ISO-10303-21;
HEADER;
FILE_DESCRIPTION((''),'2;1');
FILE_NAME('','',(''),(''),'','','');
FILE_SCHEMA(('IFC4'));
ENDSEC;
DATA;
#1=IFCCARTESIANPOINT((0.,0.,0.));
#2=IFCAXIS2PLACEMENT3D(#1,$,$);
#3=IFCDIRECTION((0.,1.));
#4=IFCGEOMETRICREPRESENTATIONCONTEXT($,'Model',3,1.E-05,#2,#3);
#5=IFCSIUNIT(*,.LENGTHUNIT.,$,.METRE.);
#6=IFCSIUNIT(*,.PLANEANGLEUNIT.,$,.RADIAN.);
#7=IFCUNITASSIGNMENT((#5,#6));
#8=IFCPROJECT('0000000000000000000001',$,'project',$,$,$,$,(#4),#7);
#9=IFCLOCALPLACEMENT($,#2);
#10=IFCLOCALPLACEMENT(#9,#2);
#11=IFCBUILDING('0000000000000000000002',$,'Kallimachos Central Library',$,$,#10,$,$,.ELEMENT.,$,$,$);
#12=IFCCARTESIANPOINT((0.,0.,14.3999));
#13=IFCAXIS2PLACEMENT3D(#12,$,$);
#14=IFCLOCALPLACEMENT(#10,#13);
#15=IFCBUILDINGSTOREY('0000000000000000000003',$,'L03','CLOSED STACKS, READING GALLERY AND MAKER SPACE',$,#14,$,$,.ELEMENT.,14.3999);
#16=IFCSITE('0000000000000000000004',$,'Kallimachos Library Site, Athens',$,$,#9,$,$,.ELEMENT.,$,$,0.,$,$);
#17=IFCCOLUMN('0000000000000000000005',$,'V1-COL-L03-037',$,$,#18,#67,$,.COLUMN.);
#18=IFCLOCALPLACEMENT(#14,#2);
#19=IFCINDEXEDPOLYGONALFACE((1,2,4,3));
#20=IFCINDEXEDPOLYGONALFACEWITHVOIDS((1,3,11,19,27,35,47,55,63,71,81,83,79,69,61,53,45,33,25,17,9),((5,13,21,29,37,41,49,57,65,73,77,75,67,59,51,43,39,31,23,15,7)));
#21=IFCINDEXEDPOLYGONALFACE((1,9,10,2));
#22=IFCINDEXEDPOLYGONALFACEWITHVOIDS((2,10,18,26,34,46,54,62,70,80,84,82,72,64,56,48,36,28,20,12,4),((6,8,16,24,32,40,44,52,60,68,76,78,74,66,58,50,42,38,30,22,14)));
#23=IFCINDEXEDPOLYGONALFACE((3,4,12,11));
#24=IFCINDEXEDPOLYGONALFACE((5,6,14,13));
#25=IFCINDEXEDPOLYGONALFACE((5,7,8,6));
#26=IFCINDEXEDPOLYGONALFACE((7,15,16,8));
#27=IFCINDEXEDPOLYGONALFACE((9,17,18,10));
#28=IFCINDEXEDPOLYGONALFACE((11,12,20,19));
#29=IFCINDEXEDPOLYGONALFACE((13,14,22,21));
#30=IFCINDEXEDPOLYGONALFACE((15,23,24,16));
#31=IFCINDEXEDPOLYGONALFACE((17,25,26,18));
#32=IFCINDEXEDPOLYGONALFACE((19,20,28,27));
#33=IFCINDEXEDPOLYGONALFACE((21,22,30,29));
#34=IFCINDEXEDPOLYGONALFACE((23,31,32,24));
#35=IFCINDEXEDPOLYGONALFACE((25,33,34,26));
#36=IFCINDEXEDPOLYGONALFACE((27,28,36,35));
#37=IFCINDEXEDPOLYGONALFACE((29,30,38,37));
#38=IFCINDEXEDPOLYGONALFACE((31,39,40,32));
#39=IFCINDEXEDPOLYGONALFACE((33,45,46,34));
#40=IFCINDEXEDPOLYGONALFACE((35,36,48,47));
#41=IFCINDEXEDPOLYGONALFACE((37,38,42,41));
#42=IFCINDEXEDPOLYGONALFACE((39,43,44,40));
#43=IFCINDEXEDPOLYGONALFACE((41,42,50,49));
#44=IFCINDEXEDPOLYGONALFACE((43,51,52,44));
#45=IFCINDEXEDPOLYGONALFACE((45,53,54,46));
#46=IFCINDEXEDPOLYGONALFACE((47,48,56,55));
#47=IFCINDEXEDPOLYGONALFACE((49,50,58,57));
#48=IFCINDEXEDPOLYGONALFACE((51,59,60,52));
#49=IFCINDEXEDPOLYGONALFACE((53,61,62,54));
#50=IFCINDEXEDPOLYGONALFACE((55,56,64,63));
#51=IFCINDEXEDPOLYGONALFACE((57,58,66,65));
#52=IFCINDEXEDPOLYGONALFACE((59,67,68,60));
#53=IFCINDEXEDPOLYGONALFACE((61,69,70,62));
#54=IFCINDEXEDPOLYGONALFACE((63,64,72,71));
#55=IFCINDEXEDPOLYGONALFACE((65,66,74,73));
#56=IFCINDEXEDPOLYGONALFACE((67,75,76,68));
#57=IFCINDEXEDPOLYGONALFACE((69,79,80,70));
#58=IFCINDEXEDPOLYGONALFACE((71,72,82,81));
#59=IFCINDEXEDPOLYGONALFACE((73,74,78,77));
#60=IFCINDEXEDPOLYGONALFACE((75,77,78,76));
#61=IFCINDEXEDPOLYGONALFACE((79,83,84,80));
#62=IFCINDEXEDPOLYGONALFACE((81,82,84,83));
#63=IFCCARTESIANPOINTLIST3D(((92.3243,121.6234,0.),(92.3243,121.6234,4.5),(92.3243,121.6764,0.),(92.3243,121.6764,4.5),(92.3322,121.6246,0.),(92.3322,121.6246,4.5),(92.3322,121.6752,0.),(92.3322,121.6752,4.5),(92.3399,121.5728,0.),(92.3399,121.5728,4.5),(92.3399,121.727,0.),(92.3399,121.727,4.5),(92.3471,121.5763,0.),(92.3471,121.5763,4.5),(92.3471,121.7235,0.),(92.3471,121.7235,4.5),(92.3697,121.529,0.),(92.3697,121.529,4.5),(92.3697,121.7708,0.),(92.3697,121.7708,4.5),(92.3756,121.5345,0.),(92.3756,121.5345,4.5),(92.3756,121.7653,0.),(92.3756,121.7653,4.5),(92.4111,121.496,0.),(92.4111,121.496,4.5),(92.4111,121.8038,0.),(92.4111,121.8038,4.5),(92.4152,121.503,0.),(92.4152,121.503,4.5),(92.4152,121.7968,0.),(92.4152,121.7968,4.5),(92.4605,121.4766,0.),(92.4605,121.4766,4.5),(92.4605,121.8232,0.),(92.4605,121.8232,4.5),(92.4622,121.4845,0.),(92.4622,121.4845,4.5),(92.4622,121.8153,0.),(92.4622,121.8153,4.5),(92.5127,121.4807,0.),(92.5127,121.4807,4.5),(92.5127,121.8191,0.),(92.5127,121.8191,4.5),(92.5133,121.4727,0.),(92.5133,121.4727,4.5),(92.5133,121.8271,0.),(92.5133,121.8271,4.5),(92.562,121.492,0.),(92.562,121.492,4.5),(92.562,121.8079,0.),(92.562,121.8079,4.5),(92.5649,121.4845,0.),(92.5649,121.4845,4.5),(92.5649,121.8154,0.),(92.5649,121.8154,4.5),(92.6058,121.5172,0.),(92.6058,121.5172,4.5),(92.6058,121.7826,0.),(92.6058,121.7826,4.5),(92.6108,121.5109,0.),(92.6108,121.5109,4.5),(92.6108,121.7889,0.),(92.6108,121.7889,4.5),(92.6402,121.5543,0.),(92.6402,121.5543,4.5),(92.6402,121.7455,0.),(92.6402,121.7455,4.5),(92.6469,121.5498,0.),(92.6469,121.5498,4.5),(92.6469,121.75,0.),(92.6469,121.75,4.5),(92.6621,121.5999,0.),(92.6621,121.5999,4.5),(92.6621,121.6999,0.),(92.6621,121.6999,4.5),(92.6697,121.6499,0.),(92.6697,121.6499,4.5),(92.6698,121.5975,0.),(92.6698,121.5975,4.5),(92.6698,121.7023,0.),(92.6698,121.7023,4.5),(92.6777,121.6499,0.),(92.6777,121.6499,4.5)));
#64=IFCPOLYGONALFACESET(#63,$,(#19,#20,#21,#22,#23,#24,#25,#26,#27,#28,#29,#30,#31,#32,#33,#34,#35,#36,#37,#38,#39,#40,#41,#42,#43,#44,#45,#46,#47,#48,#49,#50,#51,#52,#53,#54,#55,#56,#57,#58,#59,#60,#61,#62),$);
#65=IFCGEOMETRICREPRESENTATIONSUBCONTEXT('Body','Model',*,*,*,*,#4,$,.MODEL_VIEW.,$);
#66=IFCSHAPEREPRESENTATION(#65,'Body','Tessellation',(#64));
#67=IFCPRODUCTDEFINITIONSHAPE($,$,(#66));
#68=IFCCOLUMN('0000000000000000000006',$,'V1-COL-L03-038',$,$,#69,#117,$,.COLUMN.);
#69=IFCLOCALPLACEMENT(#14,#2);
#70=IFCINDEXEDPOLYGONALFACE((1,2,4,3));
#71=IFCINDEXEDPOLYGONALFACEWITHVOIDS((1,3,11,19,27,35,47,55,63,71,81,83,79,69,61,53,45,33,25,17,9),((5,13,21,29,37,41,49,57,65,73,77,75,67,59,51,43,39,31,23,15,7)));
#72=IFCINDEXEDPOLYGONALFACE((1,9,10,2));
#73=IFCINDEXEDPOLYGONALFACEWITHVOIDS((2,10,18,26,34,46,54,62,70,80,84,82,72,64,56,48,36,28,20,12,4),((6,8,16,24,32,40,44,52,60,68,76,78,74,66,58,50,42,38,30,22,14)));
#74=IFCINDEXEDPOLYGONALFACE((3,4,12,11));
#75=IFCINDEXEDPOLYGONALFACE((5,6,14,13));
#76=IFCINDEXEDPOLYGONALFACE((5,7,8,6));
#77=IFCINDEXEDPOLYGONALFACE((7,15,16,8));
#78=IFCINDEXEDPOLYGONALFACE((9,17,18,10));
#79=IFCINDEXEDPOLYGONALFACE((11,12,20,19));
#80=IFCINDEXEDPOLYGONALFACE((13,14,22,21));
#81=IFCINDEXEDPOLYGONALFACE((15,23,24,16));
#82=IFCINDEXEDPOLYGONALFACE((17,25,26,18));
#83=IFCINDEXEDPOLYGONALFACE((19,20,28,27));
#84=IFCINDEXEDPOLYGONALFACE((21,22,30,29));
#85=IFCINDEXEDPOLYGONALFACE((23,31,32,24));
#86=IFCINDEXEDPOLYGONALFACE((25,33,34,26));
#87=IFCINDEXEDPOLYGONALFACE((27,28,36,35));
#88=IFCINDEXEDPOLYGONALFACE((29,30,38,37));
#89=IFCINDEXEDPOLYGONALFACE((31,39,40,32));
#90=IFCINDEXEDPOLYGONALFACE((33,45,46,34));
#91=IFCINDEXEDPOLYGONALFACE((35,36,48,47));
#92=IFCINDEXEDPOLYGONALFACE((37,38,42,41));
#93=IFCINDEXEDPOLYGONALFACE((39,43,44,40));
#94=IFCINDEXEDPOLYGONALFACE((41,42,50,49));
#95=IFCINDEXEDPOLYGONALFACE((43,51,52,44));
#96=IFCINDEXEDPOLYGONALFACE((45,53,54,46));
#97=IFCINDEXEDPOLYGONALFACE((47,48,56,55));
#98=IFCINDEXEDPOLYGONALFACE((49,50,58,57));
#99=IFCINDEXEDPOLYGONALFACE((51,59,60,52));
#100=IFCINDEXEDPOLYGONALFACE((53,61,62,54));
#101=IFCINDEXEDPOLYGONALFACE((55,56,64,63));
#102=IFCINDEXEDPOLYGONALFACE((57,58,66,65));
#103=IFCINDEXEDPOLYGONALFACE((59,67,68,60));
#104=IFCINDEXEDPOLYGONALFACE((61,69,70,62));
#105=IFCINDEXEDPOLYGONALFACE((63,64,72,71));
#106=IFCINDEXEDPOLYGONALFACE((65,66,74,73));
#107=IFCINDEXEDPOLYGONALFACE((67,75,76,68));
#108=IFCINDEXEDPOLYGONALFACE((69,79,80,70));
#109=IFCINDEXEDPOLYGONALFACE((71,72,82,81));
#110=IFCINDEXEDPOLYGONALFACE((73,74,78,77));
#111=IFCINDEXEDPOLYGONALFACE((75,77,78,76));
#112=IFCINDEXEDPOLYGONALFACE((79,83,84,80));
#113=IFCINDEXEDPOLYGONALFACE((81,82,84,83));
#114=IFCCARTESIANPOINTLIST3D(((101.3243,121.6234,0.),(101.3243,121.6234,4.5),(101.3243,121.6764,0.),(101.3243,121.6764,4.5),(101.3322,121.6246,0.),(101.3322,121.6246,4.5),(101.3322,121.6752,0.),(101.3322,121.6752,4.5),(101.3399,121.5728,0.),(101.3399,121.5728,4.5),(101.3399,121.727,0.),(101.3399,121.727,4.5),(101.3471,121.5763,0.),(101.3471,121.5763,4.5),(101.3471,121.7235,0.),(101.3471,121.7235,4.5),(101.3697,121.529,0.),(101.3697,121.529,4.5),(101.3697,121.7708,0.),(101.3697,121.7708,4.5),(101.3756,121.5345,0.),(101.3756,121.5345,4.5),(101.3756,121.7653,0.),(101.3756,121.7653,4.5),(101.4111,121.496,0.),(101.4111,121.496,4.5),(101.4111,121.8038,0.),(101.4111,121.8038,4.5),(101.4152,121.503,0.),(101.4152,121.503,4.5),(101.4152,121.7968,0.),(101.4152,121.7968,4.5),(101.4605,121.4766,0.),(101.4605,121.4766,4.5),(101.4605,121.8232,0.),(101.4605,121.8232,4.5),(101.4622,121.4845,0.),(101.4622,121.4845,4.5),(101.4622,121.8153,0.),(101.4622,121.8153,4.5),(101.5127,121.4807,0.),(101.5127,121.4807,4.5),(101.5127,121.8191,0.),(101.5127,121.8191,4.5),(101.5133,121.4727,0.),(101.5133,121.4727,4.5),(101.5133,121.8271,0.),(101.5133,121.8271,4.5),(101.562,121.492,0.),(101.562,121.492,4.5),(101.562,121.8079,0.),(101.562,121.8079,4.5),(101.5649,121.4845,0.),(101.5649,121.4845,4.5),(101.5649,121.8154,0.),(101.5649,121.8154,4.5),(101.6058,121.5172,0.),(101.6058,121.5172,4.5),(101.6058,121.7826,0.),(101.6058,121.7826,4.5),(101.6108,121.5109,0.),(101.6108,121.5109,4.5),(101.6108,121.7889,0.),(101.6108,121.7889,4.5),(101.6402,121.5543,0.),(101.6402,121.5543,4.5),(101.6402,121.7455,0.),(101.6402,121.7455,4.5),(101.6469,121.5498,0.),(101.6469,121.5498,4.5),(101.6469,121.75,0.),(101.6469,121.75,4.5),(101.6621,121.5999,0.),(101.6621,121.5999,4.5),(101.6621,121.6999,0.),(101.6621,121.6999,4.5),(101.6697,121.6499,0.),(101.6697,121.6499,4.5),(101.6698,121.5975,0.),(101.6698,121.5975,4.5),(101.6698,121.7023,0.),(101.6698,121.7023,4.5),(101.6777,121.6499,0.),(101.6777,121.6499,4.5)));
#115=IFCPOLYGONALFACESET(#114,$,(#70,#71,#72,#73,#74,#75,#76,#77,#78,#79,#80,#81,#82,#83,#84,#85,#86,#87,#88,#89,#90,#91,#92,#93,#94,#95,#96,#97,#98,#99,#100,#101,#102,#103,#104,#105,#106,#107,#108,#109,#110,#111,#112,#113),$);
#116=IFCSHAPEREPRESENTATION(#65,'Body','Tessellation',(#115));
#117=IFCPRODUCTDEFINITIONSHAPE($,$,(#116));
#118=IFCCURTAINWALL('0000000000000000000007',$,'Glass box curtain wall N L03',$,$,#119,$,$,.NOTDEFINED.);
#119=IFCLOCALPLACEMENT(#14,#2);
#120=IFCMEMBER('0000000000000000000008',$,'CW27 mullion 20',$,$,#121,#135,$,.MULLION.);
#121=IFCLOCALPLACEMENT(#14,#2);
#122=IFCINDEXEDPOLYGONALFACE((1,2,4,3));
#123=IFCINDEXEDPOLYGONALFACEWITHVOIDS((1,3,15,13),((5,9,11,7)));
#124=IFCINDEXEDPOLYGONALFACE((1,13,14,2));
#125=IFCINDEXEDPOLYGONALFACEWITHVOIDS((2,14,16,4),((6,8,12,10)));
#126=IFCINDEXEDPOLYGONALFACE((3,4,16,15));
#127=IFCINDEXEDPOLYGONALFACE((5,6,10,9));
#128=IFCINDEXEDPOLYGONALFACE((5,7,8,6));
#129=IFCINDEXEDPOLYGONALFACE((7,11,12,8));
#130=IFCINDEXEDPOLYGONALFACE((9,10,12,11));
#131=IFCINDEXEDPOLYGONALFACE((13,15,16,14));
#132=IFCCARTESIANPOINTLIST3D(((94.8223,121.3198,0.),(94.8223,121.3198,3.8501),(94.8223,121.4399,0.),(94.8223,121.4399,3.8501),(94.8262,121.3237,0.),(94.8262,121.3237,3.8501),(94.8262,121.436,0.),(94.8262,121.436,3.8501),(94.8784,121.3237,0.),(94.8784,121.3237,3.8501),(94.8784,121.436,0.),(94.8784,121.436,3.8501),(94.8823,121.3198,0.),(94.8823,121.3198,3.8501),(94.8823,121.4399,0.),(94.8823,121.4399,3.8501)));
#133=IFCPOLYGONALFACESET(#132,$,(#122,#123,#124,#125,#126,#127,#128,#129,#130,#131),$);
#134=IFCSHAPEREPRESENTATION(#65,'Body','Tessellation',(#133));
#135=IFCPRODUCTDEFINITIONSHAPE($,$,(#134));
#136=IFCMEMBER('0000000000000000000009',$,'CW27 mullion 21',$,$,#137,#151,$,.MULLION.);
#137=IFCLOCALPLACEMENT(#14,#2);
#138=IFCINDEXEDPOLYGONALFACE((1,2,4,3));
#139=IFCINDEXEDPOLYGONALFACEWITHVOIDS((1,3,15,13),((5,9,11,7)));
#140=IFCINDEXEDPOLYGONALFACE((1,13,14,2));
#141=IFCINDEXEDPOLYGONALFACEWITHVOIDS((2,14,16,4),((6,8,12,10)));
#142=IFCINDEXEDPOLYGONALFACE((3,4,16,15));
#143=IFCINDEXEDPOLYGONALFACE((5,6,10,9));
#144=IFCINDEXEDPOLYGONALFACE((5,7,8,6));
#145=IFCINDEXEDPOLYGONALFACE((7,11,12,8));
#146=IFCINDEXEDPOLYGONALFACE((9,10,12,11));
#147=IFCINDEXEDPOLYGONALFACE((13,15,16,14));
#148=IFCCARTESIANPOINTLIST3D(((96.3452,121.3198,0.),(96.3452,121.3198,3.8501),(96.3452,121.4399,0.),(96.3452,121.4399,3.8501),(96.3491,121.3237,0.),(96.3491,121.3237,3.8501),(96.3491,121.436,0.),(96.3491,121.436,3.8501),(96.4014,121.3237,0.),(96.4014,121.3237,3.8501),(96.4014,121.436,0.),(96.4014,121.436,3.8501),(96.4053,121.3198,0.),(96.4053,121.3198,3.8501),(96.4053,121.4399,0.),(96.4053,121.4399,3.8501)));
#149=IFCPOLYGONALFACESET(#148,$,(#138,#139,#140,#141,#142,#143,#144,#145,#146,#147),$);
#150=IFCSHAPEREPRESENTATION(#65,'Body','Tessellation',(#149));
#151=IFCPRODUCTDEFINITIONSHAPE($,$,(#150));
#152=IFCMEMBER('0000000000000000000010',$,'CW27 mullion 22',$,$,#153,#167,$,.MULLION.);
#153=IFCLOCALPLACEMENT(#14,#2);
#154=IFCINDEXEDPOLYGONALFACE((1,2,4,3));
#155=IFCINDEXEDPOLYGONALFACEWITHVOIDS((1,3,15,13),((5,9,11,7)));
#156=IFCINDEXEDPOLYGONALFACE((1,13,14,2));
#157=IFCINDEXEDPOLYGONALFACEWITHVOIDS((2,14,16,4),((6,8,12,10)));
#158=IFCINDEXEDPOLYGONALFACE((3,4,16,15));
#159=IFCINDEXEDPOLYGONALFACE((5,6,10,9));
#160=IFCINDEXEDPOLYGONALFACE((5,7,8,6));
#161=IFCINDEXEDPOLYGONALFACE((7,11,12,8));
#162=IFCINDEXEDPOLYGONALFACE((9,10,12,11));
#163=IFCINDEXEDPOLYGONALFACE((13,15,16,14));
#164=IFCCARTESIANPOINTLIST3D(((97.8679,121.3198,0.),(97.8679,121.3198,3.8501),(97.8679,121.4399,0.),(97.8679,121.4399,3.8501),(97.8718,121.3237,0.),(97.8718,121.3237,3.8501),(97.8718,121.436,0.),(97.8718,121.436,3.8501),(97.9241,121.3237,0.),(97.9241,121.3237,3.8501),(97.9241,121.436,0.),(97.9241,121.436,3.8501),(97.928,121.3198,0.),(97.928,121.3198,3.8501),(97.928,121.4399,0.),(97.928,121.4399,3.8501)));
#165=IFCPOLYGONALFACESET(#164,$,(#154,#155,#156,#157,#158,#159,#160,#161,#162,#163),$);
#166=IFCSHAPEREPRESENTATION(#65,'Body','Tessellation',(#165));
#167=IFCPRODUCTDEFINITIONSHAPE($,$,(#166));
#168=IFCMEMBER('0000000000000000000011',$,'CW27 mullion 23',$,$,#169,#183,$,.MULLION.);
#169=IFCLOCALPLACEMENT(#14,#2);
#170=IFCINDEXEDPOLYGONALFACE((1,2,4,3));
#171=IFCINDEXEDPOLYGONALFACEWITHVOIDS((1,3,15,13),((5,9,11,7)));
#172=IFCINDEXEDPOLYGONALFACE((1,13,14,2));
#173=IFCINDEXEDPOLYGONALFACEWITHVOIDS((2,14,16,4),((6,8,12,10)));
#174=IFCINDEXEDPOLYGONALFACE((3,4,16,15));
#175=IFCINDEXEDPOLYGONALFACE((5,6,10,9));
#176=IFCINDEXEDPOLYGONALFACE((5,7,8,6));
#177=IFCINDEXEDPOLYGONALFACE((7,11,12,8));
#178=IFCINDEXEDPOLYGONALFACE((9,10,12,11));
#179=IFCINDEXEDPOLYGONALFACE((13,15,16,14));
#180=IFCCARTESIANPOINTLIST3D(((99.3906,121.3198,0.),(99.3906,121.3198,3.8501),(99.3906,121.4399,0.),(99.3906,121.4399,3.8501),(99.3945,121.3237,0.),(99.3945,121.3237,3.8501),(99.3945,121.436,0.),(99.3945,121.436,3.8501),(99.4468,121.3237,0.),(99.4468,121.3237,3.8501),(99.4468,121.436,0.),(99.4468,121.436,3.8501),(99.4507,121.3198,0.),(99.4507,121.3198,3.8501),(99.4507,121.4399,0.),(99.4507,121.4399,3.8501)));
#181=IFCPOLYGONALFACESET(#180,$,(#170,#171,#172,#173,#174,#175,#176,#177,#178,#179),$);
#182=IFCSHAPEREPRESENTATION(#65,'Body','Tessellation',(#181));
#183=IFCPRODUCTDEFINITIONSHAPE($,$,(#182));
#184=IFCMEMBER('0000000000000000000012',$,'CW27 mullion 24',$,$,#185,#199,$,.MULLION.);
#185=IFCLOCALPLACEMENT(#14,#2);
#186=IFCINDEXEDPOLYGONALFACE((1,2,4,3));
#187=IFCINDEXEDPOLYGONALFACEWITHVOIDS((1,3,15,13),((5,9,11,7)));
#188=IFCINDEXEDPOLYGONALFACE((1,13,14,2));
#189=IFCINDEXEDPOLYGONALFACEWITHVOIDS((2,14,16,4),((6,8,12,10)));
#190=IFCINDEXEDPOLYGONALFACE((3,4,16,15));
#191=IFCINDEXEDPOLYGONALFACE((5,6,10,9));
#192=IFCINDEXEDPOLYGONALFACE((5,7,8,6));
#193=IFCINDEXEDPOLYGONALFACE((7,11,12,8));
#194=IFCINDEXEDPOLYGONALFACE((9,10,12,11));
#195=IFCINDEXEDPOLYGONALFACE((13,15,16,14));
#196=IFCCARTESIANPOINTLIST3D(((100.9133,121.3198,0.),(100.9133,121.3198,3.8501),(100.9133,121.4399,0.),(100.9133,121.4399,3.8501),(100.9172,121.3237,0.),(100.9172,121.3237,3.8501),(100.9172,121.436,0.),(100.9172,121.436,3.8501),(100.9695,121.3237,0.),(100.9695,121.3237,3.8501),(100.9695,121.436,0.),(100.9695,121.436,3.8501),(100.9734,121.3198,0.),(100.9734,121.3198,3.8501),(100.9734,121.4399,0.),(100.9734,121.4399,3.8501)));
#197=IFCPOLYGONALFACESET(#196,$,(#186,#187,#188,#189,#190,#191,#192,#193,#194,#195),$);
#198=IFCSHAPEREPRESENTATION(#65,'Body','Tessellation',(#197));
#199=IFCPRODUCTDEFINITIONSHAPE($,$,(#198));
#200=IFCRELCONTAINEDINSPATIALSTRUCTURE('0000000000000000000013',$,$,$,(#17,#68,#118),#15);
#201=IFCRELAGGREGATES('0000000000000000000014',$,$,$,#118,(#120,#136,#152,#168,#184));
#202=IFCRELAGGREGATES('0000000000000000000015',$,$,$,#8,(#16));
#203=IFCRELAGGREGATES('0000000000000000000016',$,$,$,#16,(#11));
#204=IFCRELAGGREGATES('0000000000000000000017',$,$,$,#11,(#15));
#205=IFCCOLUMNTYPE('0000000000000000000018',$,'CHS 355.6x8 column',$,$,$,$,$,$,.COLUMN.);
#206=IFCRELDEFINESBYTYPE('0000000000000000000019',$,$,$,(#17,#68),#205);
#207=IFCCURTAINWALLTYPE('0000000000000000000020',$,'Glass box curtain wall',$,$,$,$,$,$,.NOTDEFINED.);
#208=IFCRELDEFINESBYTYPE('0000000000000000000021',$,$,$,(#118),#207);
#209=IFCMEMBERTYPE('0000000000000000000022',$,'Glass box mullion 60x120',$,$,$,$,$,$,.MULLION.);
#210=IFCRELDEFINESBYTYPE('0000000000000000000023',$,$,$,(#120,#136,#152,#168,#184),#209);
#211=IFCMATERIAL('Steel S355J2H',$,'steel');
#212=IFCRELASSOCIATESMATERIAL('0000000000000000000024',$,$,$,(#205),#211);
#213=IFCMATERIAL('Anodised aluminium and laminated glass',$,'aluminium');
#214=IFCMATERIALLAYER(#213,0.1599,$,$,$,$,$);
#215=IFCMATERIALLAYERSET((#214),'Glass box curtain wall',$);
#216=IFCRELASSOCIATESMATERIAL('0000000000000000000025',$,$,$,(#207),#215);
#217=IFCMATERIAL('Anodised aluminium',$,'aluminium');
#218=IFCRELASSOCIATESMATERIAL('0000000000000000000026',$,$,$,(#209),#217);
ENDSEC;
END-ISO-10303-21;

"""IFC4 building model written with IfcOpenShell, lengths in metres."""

from ifc_helpers import new_model, si_unit, direction, frame, origin, origin_2d, place, context, subcontext, project, spatial, hollow_rectangle, hollow_circle, extrude, material, layer, layer_set, material_profile, profile_set, type_object, element, aggregate, save


model = new_model("IFC4")

# Units and contexts
model_context = context("Model", 3, precision=1e-05, world=origin(), true_north=direction((0.0, 1.0)))
body_context = subcontext(model_context, "Body", "Model", "MODEL_VIEW")
ifc_project = project(units=[si_unit("LENGTHUNIT", "METRE"), si_unit("PLANEANGLEUNIT", "RADIAN")], contexts=[model_context])

# Site, building, storey
site_placement = place(None, origin())
site = spatial("IfcSite", under=ifc_project, at=site_placement, Name="Kallimachos Library Site, Athens", CompositionType="ELEMENT", RefElevation=0.0)
building_placement = place(site_placement, origin())
building = spatial("IfcBuilding", under=site, at=building_placement, Name="Kallimachos Central Library", CompositionType="ELEMENT")
storey_placement = place(building_placement, frame((0.0, 0.0, 14.3999)))
storey = spatial("IfcBuildingStorey", under=building, at=storey_placement, Name="L03", Description="CLOSED STACKS, READING GALLERY AND MAKER SPACE", CompositionType="ELEMENT", Elevation=14.3999)

# Columns
ifc_material_1 = material(Name="Steel S355J2H", Category="steel")
ifc_material_profile_1 = material_profile(ifc_material_1, hollow_circle(Radius=0.1777, WallThickness=0.0081, at=origin_2d()), Name="CHS 355.6x8")
ifc_profile_set_1 = profile_set([ifc_material_profile_1], Name="Steel S355J2H")
column_type = type_object("IfcColumnType", Name="CHS 355.6x8 column", PredefinedType="COLUMN", material=ifc_profile_set_1)
for number, where, z_axis, x_axis, name in (
    (1, (92.5, 121.6499, 0.0), (0.0, 0.0, 1.0), (1.0, 0.0, 0.0), "V1-COL-L03-037"),
    (2, (101.5, 121.6499, 0.0), (0.0, 0.0, 1.0), (1.0, 0.0, 0.0), "V1-COL-L03-038"),
):
    element("IfcColumn", number, at=place(storey_placement, frame(where, z_axis=z_axis, x_axis=x_axis)), inside=storey, type_object=column_type, Name=name, PredefinedType="COLUMN", context=body_context, shape_type="SweptSolid", body=[
        extrude(hollow_circle(Radius=0.1777, WallThickness=0.0081, at=origin_2d()), origin(), (0.0, 0.0, 1.0), 4.5),
    ])

# Curtain wall, members
ifc_material_2 = material(Name="Anodised aluminium and laminated glass", Category="aluminium")
ifc_layer_1 = layer(ifc_material_2, 0.1599)
ifc_layer_set_1 = layer_set([ifc_layer_1], Name="Glass box curtain wall")
curtain_wall_type = type_object("IfcCurtainWallType", Name="Glass box curtain wall", PredefinedType="NOTDEFINED", material=ifc_layer_set_1)
curtain_wall_placement = place(storey_placement, origin())
curtain_wall = element("IfcCurtainWall", 3, at=curtain_wall_placement, inside=storey, type_object=curtain_wall_type, Name="Glass box curtain wall N L03", PredefinedType="NOTDEFINED")
ifc_material_3 = material(Name="Anodised aluminium", Category="aluminium")
ifc_material_profile_2 = material_profile(ifc_material_3, hollow_rectangle(XDim=0.0601, YDim=0.1201, WallThickness=0.0039, at=origin_2d()), Name="ALU MULLION 60x120")
ifc_profile_set_2 = profile_set([ifc_material_profile_2], Name="Anodised aluminium")
member_type_1 = type_object("IfcMemberType", Name="Glass box mullion 60x120", PredefinedType="MULLION", material=ifc_profile_set_2)
member_1_placement = place(storey_placement, frame((94.8523, 121.3799, 0.0), z_axis=(0.0, 0.0, 1.0), x_axis=(1.0, 0.0, 0.0)))
member_1 = element("IfcMember", 4, at=member_1_placement, type_object=member_type_1, Name="CW27 mullion 20", PredefinedType="MULLION", context=body_context, shape_type="SweptSolid", body=[
    extrude(hollow_rectangle(XDim=0.0601, YDim=0.1201, WallThickness=0.0039, at=origin_2d()), origin(), (0.0, 0.0, 1.0), 3.8501),
])
member_2_placement = place(storey_placement, frame((96.3752, 121.3799, 0.0), z_axis=(0.0, 0.0, 1.0), x_axis=(1.0, 0.0, 0.0)))
member_2 = element("IfcMember", 5, at=member_2_placement, type_object=member_type_1, Name="CW27 mullion 21", PredefinedType="MULLION", context=body_context, shape_type="SweptSolid", body=[
    extrude(hollow_rectangle(XDim=0.0601, YDim=0.1201, WallThickness=0.0039, at=origin_2d()), origin(), (0.0, 0.0, 1.0), 3.8501),
])
member_3_placement = place(storey_placement, frame((97.8979, 121.3799, 0.0), z_axis=(0.0, 0.0, 1.0), x_axis=(1.0, 0.0, 0.0)))
member_3 = element("IfcMember", 6, at=member_3_placement, type_object=member_type_1, Name="CW27 mullion 22", PredefinedType="MULLION", context=body_context, shape_type="SweptSolid", body=[
    extrude(hollow_rectangle(XDim=0.0601, YDim=0.1201, WallThickness=0.0039, at=origin_2d()), origin(), (0.0, 0.0, 1.0), 3.8501),
])
member_4_placement = place(storey_placement, frame((99.4207, 121.3799, 0.0), z_axis=(0.0, 0.0, 1.0), x_axis=(1.0, 0.0, 0.0)))
member_4 = element("IfcMember", 7, at=member_4_placement, type_object=member_type_1, Name="CW27 mullion 23", PredefinedType="MULLION", context=body_context, shape_type="SweptSolid", body=[
    extrude(hollow_rectangle(XDim=0.0601, YDim=0.1201, WallThickness=0.0039, at=origin_2d()), origin(), (0.0, 0.0, 1.0), 3.8501),
])
member_5_placement = place(storey_placement, frame((100.9434, 121.3799, 0.0), z_axis=(0.0, 0.0, 1.0), x_axis=(1.0, 0.0, 0.0)))
member_5 = element("IfcMember", 8, at=member_5_placement, type_object=member_type_1, Name="CW27 mullion 24", PredefinedType="MULLION", context=body_context, shape_type="SweptSolid", body=[
    extrude(hollow_rectangle(XDim=0.0601, YDim=0.1201, WallThickness=0.0039, at=origin_2d()), origin(), (0.0, 0.0, 1.0), 3.8501),
])

aggregate(curtain_wall, [member_1, member_2, member_3, member_4, member_5])

save(model, "model.ifc")
